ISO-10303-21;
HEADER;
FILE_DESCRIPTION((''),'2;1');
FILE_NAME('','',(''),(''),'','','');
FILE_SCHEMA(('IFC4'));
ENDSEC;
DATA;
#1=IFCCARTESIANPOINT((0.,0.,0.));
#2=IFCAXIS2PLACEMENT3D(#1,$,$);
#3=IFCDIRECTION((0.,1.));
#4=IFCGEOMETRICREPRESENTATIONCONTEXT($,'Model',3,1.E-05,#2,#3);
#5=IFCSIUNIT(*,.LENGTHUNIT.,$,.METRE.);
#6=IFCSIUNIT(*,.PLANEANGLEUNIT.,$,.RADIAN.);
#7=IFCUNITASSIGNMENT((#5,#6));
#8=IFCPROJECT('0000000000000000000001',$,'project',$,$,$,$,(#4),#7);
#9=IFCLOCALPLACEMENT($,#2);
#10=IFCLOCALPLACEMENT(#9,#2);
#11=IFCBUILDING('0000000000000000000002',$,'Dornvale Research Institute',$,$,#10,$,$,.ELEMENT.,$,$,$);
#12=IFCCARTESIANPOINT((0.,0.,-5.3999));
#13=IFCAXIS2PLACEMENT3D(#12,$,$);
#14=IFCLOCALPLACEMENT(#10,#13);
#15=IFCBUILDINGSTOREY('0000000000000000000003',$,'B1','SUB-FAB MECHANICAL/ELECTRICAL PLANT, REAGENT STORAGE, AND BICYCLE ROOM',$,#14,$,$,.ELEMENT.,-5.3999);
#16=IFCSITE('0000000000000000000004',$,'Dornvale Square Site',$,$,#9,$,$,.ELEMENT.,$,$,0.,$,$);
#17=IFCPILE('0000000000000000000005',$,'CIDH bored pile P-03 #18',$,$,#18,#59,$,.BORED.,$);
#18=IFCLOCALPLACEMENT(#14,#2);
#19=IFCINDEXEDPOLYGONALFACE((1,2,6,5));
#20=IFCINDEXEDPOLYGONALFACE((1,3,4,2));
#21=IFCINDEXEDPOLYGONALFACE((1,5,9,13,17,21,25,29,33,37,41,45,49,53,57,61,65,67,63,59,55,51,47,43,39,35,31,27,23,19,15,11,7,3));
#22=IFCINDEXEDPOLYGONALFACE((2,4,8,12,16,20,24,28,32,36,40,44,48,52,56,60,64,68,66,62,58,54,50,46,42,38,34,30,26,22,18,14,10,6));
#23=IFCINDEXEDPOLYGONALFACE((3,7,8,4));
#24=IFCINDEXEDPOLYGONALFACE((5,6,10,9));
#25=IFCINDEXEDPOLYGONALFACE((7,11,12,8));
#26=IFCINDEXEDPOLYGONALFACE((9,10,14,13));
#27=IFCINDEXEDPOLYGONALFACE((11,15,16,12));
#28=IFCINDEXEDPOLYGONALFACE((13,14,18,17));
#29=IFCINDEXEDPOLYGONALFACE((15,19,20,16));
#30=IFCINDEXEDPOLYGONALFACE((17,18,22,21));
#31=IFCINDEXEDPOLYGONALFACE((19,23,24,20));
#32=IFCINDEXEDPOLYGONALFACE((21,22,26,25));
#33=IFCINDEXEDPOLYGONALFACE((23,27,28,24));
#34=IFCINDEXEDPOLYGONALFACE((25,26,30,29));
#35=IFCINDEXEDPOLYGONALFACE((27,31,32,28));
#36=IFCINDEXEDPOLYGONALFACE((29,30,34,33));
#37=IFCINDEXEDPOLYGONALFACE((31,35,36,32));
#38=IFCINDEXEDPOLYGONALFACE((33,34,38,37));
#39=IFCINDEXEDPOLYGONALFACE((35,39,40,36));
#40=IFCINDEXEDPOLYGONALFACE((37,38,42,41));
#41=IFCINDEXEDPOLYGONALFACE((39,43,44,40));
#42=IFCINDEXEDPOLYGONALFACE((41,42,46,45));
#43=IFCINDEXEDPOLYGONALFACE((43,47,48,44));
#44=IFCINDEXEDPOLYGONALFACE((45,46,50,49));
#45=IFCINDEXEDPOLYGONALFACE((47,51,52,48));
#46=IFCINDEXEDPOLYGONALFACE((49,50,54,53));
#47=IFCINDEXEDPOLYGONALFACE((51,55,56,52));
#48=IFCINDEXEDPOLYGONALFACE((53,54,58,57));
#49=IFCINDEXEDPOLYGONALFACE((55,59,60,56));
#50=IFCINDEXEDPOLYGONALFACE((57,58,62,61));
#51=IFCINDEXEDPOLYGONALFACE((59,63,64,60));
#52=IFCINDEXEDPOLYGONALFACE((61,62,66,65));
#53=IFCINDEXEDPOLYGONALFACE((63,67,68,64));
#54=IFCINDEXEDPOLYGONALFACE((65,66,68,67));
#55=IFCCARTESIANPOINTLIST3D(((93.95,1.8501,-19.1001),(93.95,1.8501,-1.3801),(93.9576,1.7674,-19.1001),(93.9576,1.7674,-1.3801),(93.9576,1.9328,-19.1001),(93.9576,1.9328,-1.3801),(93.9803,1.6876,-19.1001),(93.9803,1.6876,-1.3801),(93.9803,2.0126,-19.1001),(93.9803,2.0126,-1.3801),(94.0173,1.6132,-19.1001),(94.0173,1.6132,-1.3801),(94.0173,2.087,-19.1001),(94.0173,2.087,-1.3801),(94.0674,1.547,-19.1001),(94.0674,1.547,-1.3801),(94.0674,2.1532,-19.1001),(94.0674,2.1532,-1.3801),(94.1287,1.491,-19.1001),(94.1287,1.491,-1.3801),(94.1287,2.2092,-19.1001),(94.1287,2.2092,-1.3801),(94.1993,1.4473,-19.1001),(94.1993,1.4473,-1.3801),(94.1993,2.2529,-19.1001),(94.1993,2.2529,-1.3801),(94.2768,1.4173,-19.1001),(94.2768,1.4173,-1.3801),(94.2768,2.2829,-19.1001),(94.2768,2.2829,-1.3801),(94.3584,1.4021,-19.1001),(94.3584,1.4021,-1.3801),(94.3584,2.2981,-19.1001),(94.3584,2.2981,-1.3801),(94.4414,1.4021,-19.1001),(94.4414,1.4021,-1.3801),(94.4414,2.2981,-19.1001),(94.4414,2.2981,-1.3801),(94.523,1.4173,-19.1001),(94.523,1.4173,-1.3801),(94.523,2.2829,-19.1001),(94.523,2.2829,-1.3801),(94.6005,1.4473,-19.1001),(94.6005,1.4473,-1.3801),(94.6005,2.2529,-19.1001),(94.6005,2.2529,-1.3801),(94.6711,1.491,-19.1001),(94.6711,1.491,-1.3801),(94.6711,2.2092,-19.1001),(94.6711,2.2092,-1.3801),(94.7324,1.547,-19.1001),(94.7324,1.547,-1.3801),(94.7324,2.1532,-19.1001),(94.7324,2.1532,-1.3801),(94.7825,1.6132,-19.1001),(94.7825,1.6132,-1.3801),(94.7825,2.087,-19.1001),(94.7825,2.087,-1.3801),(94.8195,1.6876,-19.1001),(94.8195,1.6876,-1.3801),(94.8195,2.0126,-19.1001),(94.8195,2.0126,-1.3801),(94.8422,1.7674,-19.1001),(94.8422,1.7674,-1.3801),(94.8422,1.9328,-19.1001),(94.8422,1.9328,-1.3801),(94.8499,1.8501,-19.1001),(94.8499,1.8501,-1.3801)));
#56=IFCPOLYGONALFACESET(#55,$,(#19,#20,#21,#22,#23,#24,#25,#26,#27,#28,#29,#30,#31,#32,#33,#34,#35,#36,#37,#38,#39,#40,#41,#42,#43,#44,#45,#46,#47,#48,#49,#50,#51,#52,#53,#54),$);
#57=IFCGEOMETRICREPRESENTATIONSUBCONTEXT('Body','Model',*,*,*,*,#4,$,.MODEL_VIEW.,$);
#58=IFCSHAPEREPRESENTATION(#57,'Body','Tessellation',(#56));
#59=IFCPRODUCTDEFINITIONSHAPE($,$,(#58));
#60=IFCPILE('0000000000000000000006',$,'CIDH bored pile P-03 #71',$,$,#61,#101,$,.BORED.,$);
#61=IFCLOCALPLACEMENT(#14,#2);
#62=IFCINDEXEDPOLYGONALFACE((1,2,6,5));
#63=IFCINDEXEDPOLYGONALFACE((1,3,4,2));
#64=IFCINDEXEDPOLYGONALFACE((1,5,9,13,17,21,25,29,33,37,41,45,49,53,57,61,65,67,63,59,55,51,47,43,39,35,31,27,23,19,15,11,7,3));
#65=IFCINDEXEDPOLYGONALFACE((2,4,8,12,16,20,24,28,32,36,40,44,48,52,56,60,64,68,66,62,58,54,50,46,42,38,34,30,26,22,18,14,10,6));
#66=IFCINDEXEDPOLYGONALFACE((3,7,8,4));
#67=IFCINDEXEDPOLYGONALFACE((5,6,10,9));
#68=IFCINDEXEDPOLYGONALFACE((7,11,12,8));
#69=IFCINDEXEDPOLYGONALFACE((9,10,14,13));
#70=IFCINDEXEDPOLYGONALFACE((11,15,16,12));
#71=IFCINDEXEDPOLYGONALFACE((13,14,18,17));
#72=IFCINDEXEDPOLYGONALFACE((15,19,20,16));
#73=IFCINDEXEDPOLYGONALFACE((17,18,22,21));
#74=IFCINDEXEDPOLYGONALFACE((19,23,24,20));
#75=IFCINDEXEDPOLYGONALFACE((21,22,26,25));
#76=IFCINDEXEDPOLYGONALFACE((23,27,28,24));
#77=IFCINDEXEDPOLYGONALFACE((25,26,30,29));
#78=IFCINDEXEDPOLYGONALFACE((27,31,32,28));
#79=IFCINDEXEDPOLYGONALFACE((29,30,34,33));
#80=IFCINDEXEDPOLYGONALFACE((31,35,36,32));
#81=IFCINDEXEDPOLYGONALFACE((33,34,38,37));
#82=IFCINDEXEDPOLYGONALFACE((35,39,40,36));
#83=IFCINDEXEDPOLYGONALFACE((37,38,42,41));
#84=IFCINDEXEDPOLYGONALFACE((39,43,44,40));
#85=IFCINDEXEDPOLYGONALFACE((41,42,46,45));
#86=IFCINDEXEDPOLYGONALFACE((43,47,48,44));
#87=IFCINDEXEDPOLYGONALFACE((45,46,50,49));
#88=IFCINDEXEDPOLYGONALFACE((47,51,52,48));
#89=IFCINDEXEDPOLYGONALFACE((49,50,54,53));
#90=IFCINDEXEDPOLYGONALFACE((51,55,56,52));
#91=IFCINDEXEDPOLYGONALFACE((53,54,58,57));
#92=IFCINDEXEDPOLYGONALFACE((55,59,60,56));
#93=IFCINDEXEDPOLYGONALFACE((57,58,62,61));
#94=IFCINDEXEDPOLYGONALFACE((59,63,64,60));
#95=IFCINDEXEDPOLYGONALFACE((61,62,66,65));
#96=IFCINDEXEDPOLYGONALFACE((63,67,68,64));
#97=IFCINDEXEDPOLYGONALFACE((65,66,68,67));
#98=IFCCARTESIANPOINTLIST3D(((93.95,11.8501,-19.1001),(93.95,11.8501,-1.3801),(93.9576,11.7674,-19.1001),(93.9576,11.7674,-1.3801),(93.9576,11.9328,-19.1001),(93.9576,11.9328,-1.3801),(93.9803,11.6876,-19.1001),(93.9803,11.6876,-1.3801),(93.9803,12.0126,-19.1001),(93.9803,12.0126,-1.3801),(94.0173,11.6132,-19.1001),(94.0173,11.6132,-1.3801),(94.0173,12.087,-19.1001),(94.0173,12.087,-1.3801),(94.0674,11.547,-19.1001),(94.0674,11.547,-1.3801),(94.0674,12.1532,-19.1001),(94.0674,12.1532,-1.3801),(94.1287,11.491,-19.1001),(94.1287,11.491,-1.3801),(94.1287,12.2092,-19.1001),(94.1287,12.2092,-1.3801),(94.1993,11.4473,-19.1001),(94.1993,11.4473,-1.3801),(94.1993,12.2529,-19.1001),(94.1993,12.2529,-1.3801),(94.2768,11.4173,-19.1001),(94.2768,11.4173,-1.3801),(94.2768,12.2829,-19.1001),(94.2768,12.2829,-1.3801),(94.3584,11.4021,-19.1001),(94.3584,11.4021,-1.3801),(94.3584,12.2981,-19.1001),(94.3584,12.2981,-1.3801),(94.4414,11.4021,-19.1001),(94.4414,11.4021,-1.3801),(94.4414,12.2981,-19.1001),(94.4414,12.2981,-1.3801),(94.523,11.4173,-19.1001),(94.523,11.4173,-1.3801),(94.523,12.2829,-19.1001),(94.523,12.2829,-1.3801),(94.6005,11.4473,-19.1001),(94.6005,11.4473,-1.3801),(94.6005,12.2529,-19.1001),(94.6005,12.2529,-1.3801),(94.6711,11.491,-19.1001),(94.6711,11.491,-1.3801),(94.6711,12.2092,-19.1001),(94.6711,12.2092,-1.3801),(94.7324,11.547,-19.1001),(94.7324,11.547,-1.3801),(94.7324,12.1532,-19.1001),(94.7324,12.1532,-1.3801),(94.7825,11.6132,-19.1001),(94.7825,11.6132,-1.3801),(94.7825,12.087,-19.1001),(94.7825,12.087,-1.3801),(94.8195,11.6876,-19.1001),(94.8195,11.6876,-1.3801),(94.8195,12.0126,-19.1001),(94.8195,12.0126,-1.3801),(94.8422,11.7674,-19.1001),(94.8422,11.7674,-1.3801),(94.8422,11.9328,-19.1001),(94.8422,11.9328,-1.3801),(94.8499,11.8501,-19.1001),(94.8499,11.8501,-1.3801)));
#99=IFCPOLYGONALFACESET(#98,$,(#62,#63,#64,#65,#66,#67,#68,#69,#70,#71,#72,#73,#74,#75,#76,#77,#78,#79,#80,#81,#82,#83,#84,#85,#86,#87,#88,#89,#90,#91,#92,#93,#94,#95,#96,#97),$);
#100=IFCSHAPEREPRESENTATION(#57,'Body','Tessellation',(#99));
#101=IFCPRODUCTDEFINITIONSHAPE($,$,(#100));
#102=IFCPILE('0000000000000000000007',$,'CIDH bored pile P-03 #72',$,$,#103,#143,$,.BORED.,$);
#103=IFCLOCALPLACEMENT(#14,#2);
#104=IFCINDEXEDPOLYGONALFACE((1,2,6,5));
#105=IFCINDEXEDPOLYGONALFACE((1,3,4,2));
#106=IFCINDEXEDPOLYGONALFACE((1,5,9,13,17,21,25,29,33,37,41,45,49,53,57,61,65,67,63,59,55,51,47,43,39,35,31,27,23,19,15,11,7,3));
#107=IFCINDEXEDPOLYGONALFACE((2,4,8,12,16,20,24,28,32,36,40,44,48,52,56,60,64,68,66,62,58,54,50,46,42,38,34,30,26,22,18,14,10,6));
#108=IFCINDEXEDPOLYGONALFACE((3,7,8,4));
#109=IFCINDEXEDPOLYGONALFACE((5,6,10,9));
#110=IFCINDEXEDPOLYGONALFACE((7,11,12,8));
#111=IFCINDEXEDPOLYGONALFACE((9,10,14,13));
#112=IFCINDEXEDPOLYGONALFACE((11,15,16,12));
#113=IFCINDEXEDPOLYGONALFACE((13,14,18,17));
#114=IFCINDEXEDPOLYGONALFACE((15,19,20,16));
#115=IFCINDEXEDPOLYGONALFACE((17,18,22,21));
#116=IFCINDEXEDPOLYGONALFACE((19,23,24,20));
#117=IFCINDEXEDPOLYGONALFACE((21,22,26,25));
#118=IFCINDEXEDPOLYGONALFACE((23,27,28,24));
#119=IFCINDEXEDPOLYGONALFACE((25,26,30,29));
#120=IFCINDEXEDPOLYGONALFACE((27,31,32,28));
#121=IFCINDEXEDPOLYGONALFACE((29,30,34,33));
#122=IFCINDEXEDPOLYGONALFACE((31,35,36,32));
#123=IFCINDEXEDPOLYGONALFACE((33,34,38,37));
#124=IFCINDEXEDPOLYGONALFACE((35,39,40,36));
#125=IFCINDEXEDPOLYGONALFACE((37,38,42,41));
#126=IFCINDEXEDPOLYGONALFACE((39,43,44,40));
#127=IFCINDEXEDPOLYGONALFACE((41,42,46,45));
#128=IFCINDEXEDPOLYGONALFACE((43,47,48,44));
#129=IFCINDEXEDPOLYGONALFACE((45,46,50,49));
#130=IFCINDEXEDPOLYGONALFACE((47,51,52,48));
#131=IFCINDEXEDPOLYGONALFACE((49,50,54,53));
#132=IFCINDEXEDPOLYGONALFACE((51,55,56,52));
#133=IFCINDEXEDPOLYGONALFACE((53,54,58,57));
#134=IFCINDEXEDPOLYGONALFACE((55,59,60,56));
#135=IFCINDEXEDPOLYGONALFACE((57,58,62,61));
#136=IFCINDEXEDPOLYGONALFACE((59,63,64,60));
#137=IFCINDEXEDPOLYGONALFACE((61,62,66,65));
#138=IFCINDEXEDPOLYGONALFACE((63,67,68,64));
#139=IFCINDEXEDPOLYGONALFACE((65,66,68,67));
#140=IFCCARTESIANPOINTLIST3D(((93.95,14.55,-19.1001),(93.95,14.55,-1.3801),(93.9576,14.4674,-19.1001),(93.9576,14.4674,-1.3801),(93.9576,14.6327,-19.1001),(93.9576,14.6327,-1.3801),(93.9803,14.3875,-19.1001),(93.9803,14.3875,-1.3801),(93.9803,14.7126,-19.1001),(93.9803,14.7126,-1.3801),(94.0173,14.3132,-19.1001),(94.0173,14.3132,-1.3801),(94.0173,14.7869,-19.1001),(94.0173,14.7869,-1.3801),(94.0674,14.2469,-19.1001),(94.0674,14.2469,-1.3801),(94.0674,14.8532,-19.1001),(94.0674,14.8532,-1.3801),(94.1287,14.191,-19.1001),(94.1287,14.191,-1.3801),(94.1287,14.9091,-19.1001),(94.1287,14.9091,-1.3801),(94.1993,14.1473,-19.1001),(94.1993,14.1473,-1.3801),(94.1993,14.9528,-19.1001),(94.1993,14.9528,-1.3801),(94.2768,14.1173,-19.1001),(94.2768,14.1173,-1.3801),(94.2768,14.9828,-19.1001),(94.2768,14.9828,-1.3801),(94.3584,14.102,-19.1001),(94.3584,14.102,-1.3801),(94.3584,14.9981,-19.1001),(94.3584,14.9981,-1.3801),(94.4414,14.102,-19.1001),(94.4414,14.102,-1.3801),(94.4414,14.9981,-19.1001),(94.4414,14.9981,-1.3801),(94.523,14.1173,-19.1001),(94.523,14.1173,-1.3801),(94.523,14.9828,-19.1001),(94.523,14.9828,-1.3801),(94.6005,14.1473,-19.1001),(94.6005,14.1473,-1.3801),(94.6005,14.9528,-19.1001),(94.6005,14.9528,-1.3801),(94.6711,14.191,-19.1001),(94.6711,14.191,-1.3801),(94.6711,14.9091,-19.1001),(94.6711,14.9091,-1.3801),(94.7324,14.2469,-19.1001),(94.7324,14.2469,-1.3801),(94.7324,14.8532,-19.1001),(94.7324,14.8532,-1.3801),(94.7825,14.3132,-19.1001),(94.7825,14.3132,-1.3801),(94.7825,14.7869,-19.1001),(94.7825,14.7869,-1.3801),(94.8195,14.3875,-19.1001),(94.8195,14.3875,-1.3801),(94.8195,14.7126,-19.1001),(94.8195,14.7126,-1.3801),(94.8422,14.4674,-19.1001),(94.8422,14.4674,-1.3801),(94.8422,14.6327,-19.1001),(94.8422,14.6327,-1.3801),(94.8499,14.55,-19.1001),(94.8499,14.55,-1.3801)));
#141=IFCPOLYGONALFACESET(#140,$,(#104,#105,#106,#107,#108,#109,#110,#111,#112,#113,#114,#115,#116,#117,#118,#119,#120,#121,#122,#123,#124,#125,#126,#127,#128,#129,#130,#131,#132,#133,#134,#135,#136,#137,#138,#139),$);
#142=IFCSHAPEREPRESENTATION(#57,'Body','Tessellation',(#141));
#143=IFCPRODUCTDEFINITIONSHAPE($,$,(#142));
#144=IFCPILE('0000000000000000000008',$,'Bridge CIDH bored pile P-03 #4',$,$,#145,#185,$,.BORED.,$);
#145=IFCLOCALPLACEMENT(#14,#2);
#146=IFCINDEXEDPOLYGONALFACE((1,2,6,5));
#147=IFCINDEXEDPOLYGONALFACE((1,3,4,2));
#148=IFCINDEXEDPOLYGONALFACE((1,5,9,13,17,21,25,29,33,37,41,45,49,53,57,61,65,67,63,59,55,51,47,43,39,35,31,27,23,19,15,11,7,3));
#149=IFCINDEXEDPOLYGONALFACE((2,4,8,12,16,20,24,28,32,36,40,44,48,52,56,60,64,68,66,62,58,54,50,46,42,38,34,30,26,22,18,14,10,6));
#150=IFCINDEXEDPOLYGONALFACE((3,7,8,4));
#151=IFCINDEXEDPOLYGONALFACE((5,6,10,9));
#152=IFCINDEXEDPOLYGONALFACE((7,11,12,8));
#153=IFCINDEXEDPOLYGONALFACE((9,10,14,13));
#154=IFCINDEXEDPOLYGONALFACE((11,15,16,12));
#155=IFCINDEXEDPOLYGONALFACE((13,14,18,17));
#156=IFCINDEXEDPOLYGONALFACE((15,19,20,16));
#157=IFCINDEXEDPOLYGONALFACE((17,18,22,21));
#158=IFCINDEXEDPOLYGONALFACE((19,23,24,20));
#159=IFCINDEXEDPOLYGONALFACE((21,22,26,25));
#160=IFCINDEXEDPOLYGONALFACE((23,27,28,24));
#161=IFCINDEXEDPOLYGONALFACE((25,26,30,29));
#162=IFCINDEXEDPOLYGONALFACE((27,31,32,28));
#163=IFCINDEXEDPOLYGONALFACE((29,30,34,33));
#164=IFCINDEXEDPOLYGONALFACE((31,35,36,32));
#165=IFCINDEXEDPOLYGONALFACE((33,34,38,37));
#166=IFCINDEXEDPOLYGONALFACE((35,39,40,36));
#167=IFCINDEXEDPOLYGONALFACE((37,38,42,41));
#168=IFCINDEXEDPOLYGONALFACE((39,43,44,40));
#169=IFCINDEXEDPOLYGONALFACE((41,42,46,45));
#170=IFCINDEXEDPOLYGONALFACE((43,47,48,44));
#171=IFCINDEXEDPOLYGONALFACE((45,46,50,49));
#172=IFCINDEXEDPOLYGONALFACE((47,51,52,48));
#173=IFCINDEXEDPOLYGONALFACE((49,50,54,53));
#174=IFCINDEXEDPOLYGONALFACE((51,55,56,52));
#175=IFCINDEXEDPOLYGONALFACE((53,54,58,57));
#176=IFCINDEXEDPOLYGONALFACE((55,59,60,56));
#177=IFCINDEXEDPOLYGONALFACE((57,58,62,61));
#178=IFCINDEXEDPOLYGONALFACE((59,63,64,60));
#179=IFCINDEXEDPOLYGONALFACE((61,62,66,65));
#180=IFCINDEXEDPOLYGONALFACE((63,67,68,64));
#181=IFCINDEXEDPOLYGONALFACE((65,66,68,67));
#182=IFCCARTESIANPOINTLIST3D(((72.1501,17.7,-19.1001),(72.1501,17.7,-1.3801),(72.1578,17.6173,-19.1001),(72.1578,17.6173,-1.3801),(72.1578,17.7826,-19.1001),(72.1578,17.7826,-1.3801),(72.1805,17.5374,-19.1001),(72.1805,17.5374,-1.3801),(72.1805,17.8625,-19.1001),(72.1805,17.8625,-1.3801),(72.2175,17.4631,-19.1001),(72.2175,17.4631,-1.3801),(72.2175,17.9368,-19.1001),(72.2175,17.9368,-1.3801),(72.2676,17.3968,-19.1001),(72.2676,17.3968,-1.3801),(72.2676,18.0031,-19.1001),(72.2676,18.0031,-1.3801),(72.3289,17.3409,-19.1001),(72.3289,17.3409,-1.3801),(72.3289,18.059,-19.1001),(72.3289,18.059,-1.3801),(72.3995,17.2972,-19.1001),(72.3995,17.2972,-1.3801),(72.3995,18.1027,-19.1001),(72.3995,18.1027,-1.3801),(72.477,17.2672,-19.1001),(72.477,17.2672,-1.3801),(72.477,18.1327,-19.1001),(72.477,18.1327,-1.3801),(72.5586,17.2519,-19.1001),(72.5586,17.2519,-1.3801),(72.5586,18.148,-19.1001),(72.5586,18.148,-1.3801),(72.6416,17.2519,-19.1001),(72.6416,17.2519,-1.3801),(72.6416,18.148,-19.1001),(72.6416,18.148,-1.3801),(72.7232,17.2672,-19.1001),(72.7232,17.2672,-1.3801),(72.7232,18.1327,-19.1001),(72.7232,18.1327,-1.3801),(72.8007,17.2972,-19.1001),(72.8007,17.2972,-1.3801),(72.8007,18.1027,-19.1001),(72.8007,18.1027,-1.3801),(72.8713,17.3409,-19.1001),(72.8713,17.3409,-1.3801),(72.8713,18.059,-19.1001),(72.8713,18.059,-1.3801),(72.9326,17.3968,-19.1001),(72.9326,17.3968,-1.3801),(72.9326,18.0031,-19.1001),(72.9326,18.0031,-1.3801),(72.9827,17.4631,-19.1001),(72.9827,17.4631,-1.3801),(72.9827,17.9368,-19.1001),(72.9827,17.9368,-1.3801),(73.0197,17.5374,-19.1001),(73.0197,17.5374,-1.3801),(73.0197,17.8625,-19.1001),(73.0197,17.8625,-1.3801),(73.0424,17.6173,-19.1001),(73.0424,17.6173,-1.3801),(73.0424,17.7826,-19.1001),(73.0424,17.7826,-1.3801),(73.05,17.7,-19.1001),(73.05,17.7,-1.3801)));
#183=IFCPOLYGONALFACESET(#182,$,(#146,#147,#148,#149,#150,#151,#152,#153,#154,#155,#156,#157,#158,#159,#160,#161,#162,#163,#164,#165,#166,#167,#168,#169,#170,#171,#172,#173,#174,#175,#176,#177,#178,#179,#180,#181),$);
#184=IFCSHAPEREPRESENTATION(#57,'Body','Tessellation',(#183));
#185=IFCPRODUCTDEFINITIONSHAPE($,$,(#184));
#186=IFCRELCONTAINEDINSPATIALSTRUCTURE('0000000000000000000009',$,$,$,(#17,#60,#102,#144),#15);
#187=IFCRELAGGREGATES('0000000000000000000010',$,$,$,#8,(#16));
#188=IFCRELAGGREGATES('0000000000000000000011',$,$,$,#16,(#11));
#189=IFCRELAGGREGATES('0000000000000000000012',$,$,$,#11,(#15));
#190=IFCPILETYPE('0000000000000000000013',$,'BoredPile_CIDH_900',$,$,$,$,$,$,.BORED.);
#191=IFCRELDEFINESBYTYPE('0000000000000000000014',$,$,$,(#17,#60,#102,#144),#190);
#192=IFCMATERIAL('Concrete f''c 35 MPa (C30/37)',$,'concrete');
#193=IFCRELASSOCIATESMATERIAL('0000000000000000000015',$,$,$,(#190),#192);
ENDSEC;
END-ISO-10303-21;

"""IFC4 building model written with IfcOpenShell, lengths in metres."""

from ifc_helpers import new_model, si_unit, direction, frame, origin, origin_2d, place, context, subcontext, project, spatial, circle, extrude, material, material_profile, profile_set, type_object, element, save


model = new_model("IFC4")

# Units and contexts
model_context = context("Model", 3, precision=1e-05, world=origin(), true_north=direction((0.0, 1.0)))
body_context = subcontext(model_context, "Body", "Model", "MODEL_VIEW")
ifc_project = project(units=[si_unit("LENGTHUNIT", "METRE"), si_unit("PLANEANGLEUNIT", "RADIAN")], contexts=[model_context])

# Site, building, storey
site_placement = place(None, origin())
site = spatial("IfcSite", under=ifc_project, at=site_placement, Name="Dornvale Square Site", CompositionType="ELEMENT", RefElevation=0.0)
building_placement = place(site_placement, origin())
building = spatial("IfcBuilding", under=site, at=building_placement, Name="Dornvale Research Institute", CompositionType="ELEMENT")
storey_placement = place(building_placement, frame((0.0, 0.0, -5.3999)))
storey = spatial("IfcBuildingStorey", under=building, at=storey_placement, Name="B1", Description="SUB-FAB MECHANICAL/ELECTRICAL PLANT, REAGENT STORAGE, AND BICYCLE ROOM", CompositionType="ELEMENT", Elevation=-5.3999)

# Piles
ifc_material_1 = material(Name="Concrete f'c 35 MPa (C30/37)", Category="concrete")
ifc_material_profile_1 = material_profile(ifc_material_1, circle(Radius=0.45, at=origin_2d()), Name="CIDH PILE D900")
ifc_profile_set_1 = profile_set([ifc_material_profile_1], Name="Concrete f'c 35 MPa (C30/37)")
pile_type_1 = type_object("IfcPileType", Name="BoredPile_CIDH_900", PredefinedType="BORED", material=ifc_profile_set_1)
for number, where, z_axis, x_axis, name in (
    (1, (94.3999, 1.8501, -1.3801), (0.0, 0.0, -1.0), (1.0, 0.0, 0.0), "CIDH bored pile P-03 #18"),
    (2, (94.3999, 11.8501, -1.3801), (0.0, 0.0, -1.0), (1.0, 0.0, 0.0), "CIDH bored pile P-03 #71"),
    (3, (94.3999, 14.55, -1.3801), (0.0, 0.0, -1.0), (1.0, 0.0, 0.0), "CIDH bored pile P-03 #72"),
    (4, (72.6001, 17.7, -1.3801), (0.0, 0.0, -1.0), (1.0, 0.0, 0.0), "Bridge CIDH bored pile P-03 #4"),
):
    element("IfcPile", number, at=place(storey_placement, frame(where, z_axis=z_axis, x_axis=x_axis)), inside=storey, type_object=pile_type_1, Name=name, PredefinedType="BORED", context=body_context, shape_type="SweptSolid", body=[
        extrude(circle(Radius=0.45, at=origin_2d()), origin(), (0.0, 0.0, 1.0), 17.72),
    ])

save(model, "model.ifc")
